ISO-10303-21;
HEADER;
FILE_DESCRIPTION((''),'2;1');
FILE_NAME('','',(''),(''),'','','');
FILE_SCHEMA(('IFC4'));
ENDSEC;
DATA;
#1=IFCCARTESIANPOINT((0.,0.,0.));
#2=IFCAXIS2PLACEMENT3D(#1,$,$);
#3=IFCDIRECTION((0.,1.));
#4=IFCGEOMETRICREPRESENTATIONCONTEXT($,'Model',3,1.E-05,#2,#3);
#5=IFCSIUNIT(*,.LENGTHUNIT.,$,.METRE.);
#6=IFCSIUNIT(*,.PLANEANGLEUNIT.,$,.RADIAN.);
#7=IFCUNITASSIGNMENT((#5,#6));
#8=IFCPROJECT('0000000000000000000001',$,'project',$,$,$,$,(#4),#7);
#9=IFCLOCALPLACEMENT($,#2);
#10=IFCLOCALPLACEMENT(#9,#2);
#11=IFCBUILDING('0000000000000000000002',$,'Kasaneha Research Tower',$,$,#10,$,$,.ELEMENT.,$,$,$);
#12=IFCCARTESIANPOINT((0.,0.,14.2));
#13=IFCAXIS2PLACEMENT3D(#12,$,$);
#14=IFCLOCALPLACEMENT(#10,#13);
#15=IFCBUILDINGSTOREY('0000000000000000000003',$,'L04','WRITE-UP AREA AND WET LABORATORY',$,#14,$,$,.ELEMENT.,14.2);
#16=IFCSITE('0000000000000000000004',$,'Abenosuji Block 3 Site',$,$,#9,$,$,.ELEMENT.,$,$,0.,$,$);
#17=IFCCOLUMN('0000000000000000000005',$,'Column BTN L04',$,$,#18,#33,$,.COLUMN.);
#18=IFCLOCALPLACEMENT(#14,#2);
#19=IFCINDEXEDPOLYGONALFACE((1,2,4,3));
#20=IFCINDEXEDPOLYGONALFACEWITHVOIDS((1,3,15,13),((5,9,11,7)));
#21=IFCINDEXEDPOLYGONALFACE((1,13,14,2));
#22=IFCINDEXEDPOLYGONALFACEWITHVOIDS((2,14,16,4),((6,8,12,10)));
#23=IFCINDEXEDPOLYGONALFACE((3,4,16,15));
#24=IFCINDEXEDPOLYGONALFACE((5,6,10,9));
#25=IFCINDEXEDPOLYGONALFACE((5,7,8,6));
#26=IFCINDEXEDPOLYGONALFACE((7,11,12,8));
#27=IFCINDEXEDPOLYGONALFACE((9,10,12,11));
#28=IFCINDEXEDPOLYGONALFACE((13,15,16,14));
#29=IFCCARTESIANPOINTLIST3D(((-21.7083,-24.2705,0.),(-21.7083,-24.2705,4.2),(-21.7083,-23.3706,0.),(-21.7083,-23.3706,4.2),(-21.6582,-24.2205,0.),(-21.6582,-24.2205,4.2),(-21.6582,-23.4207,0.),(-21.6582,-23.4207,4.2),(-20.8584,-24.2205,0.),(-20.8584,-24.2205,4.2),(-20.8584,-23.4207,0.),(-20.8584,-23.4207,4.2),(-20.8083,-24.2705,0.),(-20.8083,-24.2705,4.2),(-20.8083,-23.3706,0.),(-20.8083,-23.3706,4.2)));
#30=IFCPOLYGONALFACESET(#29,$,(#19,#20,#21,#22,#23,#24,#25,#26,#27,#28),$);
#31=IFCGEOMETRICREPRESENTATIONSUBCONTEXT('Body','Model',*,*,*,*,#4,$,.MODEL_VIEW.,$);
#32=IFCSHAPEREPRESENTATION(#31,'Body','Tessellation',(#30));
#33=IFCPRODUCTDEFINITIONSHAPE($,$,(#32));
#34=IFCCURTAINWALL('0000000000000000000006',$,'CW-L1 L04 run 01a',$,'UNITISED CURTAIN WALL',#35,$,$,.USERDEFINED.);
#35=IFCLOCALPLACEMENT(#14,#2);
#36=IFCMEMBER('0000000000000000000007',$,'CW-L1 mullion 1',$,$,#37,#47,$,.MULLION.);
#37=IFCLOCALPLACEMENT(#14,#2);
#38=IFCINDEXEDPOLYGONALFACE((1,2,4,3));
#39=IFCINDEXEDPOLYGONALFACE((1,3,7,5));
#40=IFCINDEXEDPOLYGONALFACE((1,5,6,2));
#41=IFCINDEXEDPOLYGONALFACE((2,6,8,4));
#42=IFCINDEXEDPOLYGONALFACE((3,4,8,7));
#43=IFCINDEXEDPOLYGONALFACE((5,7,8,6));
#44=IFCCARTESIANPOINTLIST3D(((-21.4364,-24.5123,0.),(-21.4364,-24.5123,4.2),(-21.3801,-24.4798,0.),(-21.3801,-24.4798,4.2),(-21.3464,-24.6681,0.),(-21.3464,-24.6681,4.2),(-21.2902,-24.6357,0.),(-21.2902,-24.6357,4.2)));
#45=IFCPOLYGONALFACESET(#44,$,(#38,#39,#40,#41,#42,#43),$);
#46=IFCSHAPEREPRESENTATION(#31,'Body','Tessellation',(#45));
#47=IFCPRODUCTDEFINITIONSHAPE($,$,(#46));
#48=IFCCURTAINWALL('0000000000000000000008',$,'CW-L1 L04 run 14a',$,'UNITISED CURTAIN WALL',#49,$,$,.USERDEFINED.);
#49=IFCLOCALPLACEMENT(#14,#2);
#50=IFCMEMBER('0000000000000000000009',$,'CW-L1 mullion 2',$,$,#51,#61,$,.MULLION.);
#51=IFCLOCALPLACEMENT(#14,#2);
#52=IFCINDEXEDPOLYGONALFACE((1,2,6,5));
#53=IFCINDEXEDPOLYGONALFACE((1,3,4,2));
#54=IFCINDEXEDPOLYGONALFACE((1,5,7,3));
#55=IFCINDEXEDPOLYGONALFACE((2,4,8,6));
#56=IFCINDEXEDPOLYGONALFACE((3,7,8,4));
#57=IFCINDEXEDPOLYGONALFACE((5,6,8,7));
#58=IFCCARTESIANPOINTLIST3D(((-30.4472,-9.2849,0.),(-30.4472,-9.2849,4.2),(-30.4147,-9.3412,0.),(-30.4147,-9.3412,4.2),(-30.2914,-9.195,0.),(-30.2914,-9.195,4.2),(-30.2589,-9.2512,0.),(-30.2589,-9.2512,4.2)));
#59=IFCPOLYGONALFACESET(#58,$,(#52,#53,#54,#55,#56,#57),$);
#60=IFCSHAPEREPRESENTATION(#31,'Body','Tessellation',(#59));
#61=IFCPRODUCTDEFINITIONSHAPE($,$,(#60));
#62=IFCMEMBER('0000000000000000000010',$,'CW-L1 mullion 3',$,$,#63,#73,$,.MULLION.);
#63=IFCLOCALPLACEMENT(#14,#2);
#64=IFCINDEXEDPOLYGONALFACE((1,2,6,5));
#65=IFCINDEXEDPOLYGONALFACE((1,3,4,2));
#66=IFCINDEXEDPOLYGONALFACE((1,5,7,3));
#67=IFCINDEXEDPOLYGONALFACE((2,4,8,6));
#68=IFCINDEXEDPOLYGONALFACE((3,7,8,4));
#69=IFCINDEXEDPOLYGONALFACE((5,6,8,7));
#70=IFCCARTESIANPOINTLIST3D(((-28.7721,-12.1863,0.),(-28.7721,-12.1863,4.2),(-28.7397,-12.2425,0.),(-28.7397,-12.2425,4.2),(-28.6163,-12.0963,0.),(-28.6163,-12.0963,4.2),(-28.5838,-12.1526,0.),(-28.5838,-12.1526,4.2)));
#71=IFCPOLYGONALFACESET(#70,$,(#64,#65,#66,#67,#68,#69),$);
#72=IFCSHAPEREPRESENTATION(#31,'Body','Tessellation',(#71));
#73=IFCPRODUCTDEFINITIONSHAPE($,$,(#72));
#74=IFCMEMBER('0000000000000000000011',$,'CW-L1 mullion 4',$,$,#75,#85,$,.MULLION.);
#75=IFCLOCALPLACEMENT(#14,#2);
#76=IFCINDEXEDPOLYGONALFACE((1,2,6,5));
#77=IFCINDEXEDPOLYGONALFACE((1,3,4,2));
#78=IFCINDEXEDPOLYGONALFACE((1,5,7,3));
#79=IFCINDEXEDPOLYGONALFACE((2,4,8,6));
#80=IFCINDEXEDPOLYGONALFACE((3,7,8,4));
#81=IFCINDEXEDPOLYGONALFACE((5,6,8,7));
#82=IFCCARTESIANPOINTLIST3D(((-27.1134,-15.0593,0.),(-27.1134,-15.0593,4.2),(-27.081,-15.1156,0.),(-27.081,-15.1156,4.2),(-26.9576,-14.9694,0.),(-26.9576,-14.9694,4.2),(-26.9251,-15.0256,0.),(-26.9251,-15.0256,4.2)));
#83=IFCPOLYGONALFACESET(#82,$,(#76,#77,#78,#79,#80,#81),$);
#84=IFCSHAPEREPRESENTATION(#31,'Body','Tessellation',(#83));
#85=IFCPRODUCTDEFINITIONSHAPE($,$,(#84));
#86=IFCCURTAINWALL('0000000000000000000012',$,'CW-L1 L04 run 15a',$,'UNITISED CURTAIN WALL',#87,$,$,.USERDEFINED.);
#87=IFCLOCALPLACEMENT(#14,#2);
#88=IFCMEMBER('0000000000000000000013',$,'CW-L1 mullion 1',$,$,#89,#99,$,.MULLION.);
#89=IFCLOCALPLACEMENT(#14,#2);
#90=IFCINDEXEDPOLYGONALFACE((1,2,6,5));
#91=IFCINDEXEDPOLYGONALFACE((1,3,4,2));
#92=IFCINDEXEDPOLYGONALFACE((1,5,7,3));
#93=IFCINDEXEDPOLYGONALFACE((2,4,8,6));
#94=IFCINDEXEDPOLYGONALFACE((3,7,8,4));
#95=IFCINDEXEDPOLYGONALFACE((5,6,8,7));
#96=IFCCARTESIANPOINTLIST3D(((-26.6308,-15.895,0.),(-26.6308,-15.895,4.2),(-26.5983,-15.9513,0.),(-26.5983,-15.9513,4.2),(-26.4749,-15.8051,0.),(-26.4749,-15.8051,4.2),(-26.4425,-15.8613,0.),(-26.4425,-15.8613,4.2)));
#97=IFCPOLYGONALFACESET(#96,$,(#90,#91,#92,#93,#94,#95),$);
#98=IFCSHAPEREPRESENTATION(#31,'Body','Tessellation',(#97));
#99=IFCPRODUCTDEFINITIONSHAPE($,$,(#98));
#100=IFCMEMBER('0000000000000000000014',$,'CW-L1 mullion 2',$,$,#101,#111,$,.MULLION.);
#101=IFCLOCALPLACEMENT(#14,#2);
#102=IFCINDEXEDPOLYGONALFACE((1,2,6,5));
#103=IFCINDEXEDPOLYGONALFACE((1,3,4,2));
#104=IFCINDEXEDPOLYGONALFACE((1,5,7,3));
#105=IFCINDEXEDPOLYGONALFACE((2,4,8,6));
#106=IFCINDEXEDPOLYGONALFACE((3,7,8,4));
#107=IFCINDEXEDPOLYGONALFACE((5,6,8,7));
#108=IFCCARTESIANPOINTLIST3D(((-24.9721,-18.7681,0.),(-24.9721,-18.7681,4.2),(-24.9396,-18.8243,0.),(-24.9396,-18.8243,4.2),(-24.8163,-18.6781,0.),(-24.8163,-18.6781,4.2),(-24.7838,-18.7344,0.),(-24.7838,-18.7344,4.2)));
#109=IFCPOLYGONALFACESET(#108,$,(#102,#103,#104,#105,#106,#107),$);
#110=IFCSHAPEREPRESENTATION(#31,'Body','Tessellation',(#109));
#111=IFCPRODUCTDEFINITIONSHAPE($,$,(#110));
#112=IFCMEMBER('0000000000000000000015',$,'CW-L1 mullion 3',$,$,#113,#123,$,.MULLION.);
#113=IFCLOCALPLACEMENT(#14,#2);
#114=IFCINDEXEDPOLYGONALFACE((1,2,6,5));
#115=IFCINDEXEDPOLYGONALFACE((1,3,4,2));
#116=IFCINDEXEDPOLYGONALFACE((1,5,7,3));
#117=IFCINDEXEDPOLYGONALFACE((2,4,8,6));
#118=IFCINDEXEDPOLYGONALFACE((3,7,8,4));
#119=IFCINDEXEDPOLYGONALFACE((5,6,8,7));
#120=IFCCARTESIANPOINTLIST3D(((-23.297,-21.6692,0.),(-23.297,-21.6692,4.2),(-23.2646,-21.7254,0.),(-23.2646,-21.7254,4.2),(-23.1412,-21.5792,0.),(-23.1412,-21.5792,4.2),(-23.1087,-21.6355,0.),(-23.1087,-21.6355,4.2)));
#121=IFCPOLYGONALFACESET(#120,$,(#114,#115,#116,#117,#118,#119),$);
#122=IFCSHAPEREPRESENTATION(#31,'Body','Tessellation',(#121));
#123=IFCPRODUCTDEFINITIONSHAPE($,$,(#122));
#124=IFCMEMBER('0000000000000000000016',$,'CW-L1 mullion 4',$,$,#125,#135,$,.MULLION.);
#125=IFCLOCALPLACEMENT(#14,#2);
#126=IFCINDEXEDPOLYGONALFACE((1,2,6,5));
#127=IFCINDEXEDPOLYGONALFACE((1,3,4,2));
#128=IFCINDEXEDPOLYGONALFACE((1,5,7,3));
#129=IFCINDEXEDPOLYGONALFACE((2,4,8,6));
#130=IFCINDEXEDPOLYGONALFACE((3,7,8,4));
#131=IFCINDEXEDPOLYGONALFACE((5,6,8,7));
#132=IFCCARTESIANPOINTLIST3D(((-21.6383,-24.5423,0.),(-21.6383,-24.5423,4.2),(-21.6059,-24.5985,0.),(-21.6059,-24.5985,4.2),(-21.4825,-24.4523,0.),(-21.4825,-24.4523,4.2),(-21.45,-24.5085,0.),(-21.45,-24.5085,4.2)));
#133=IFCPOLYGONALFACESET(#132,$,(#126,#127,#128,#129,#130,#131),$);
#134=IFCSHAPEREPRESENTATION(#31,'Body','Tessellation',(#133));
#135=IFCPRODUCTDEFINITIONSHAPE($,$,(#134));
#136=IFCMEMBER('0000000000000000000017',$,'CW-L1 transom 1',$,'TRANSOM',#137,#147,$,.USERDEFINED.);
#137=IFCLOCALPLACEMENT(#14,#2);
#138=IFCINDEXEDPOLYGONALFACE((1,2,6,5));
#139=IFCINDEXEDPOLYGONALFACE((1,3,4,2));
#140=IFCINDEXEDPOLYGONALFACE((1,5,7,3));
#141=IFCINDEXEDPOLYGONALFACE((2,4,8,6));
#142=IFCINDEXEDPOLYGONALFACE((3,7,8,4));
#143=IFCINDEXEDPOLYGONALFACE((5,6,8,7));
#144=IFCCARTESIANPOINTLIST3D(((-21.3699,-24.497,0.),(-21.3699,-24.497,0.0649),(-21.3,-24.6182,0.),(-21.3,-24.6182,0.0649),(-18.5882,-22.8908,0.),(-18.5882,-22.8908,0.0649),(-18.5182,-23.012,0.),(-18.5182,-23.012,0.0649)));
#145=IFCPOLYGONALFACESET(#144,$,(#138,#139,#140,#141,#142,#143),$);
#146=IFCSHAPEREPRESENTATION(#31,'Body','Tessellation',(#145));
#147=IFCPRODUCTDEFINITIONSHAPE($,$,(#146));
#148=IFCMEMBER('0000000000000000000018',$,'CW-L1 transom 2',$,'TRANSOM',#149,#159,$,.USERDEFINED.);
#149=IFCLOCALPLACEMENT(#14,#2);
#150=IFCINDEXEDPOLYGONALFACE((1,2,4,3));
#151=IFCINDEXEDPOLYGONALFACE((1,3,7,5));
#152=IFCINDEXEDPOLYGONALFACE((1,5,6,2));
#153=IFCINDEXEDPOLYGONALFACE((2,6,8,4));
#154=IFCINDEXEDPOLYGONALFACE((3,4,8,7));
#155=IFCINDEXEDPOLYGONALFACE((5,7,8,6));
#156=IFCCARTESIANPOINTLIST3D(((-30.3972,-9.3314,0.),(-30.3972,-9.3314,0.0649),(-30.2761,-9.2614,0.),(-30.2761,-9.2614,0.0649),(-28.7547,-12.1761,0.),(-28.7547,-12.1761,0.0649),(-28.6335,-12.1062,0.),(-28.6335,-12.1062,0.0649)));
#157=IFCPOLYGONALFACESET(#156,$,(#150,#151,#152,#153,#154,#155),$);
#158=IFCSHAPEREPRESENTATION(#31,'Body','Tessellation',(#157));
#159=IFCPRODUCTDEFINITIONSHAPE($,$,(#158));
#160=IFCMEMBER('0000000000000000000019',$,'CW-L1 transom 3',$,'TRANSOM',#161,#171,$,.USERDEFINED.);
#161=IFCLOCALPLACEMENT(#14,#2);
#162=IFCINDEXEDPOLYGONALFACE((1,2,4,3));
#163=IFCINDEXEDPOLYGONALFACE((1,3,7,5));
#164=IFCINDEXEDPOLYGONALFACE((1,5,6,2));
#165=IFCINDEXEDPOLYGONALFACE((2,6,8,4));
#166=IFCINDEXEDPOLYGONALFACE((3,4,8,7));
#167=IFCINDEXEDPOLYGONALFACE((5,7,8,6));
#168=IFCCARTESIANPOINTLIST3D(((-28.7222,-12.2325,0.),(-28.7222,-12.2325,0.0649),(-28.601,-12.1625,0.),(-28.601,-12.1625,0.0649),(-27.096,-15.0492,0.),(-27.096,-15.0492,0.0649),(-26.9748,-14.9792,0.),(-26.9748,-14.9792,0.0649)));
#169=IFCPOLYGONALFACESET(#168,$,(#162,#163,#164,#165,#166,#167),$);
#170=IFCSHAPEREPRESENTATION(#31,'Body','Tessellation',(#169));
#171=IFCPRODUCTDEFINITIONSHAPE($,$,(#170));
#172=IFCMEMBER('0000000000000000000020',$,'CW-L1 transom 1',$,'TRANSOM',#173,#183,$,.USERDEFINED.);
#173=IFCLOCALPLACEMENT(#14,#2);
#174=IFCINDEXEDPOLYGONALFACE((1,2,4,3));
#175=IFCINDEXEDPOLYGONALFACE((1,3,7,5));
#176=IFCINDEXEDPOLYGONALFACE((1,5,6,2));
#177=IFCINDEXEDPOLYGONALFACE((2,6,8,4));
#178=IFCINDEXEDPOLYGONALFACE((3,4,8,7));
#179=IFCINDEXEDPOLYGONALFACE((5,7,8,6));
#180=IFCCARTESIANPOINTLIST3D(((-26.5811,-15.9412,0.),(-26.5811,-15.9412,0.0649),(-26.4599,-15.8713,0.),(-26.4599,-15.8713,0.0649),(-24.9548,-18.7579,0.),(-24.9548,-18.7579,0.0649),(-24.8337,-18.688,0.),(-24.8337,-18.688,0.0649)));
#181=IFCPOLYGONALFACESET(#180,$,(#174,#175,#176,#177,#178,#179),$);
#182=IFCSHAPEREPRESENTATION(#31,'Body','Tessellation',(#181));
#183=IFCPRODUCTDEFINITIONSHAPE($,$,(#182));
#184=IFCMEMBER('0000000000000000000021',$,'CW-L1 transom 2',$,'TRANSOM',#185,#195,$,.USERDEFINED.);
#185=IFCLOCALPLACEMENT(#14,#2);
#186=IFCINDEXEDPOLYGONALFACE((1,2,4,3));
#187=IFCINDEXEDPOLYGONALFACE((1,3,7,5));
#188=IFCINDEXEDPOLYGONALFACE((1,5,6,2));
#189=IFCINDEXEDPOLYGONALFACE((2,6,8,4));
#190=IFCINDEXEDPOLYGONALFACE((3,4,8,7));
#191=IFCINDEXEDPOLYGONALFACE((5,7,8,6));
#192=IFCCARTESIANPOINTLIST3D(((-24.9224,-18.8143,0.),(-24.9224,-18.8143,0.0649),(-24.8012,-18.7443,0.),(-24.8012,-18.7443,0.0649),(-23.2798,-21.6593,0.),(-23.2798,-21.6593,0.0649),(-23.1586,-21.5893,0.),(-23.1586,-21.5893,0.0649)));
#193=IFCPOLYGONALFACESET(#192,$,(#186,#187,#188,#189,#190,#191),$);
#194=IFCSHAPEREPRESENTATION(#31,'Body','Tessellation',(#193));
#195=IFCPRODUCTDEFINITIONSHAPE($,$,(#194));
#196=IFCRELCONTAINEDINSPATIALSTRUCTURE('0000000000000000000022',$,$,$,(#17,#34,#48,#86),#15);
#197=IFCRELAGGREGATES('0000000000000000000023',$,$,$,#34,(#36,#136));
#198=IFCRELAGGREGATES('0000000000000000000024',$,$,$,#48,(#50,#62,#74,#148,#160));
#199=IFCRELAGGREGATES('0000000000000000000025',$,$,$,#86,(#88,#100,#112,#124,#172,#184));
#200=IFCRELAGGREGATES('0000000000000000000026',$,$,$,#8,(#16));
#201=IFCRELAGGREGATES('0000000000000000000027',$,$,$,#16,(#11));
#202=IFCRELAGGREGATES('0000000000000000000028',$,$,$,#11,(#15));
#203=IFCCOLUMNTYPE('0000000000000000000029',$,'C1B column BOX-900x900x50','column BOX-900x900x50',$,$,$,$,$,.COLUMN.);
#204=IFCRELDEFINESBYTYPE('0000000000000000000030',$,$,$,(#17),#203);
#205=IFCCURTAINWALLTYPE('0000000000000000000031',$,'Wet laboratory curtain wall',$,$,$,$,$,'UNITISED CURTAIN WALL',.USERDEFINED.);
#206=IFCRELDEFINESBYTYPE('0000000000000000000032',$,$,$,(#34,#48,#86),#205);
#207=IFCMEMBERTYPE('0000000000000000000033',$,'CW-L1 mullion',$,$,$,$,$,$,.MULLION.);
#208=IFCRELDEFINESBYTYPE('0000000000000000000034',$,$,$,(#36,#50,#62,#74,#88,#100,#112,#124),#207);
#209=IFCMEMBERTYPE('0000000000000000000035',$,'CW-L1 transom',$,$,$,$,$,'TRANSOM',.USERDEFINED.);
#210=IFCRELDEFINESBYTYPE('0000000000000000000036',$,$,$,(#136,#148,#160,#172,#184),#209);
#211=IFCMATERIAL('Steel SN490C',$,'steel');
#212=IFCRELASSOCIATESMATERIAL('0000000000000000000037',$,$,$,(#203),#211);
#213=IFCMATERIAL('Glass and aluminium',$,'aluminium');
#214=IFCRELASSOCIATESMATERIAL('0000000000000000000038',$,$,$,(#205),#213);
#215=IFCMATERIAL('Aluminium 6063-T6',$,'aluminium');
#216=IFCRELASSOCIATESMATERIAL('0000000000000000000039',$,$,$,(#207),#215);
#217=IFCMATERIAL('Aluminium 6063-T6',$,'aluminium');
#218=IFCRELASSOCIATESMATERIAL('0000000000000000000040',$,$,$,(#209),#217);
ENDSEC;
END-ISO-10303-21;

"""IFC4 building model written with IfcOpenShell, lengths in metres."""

from ifc_helpers import new_model, si_unit, direction, frame, origin, origin_2d, place, context, subcontext, project, spatial, rectangle, hollow_rectangle, extrude, material, material_profile, profile_set, type_object, element, aggregate, save


model = new_model("IFC4")

# Units and contexts
model_context = context("Model", 3, precision=1e-05, world=origin(), true_north=direction((0.0, 1.0)))
body_context = subcontext(model_context, "Body", "Model", "MODEL_VIEW")
ifc_project = project(units=[si_unit("LENGTHUNIT", "METRE"), si_unit("PLANEANGLEUNIT", "RADIAN")], contexts=[model_context])

# Site, building, storey
site_placement = place(None, origin())
site = spatial("IfcSite", under=ifc_project, at=site_placement, Name="Abenosuji Block 3 Site", CompositionType="ELEMENT", RefElevation=0.0)
building_placement = place(site_placement, origin())
building = spatial("IfcBuilding", under=site, at=building_placement, Name="Kasaneha Research Tower", CompositionType="ELEMENT")
storey_placement = place(building_placement, frame((0.0, 0.0, 14.2)))
storey = spatial("IfcBuildingStorey", under=building, at=storey_placement, Name="L04", Description="WRITE-UP AREA AND WET LABORATORY", CompositionType="ELEMENT", Elevation=14.2)

# Column
ifc_material_1 = material(Name="Steel SN490C", Category="steel")
ifc_material_profile_1 = material_profile(ifc_material_1, hollow_rectangle(XDim=0.8999, YDim=0.8999, WallThickness=0.05, at=origin_2d()), Name="BOX-900x900x50")
ifc_profile_set_1 = profile_set([ifc_material_profile_1], Name="Steel SN490C")
column_type = type_object("IfcColumnType", Name="C1B column BOX-900x900x50", Description="column BOX-900x900x50", PredefinedType="COLUMN", material=ifc_profile_set_1)
column_placement = place(storey_placement, frame((-21.2583, -23.8206, 0.0), z_axis=(0.0, 0.0, 1.0), x_axis=(1.0, 0.0, 0.0)))
element("IfcColumn", 1, at=column_placement, inside=storey, type_object=column_type, Name="Column BTN L04", PredefinedType="COLUMN", context=body_context, shape_type="SweptSolid", body=[
    extrude(hollow_rectangle(XDim=0.8999, YDim=0.8999, WallThickness=0.05, at=origin_2d()), origin(), (0.0, 0.0, 1.0), 4.2),
])

# Curtain wall, member
ifc_material_2 = material(Name="Glass and aluminium", Category="aluminium")
curtain_wall_type = type_object("IfcCurtainWallType", Name="Wet laboratory curtain wall", ElementType="UNITISED CURTAIN WALL", PredefinedType="USERDEFINED", material=ifc_material_2)
curtain_wall_1_placement = place(storey_placement, origin())
curtain_wall_1 = element("IfcCurtainWall", 2, at=curtain_wall_1_placement, inside=storey, type_object=curtain_wall_type, Name="CW-L1 L04 run 01a", ObjectType="UNITISED CURTAIN WALL", PredefinedType="USERDEFINED")
ifc_material_3 = material(Name="Aluminium 6063-T6", Category="aluminium")
ifc_material_profile_2 = material_profile(ifc_material_3, rectangle(XDim=0.0649, YDim=0.1799, at=origin_2d()), Name="CW-L1 mullion 65x180")
ifc_profile_set_2 = profile_set([ifc_material_profile_2], Name="Aluminium 6063-T6")
member_type_1 = type_object("IfcMemberType", Name="CW-L1 mullion", PredefinedType="MULLION", material=ifc_profile_set_2)
member_1_placement = place(storey_placement, frame((-21.3633, -24.574, 0.0), z_axis=(0.0, 0.0, 1.0), x_axis=(0.866025, 0.5, 0.0)))
member_1 = element("IfcMember", 3, at=member_1_placement, type_object=member_type_1, Name="CW-L1 mullion 1", PredefinedType="MULLION", context=body_context, shape_type="SweptSolid", body=[
    extrude(rectangle(XDim=0.0649, YDim=0.1799, at=origin_2d()), origin(), (0.0, 0.0, 1.0), 4.2),
])

# Curtain walls, members
curtain_wall_2_placement = place(storey_placement, origin())
curtain_wall_2 = element("IfcCurtainWall", 4, at=curtain_wall_2_placement, inside=storey, type_object=curtain_wall_type, Name="CW-L1 L04 run 14a", ObjectType="UNITISED CURTAIN WALL", PredefinedType="USERDEFINED")
member_2_placement = place(storey_placement, frame((-30.353, -9.2681, 0.0), z_axis=(0.0, 0.0, 1.0), x_axis=(0.5, -0.866025, 0.0)))
member_2 = element("IfcMember", 5, at=member_2_placement, type_object=member_type_1, Name="CW-L1 mullion 2", PredefinedType="MULLION", context=body_context, shape_type="SweptSolid", body=[
    extrude(rectangle(XDim=0.0649, YDim=0.1799, at=origin_2d()), origin(), (0.0, 0.0, 1.0), 4.2),
])
member_3_placement = place(storey_placement, frame((-28.678, -12.1694, 0.0), z_axis=(0.0, 0.0, 1.0), x_axis=(0.5, -0.866025, 0.0)))
member_3 = element("IfcMember", 6, at=member_3_placement, type_object=member_type_1, Name="CW-L1 mullion 3", PredefinedType="MULLION", context=body_context, shape_type="SweptSolid", body=[
    extrude(rectangle(XDim=0.0649, YDim=0.1799, at=origin_2d()), origin(), (0.0, 0.0, 1.0), 4.2),
])
member_4_placement = place(storey_placement, frame((-27.0193, -15.0425, 0.0), z_axis=(0.0, 0.0, 1.0), x_axis=(0.5, -0.866025, 0.0)))
member_4 = element("IfcMember", 7, at=member_4_placement, type_object=member_type_1, Name="CW-L1 mullion 4", PredefinedType="MULLION", context=body_context, shape_type="SweptSolid", body=[
    extrude(rectangle(XDim=0.0649, YDim=0.1799, at=origin_2d()), origin(), (0.0, 0.0, 1.0), 4.2),
])
curtain_wall_3_placement = place(storey_placement, origin())
curtain_wall_3 = element("IfcCurtainWall", 8, at=curtain_wall_3_placement, inside=storey, type_object=curtain_wall_type, Name="CW-L1 L04 run 15a", ObjectType="UNITISED CURTAIN WALL", PredefinedType="USERDEFINED")
member_5_placement = place(storey_placement, frame((-26.5366, -15.8782, 0.0), z_axis=(0.0, 0.0, 1.0), x_axis=(0.5, -0.866025, 0.0)))
member_5 = element("IfcMember", 9, at=member_5_placement, type_object=member_type_1, Name="CW-L1 mullion 1", PredefinedType="MULLION", context=body_context, shape_type="SweptSolid", body=[
    extrude(rectangle(XDim=0.0649, YDim=0.1799, at=origin_2d()), origin(), (0.0, 0.0, 1.0), 4.2),
])
member_6_placement = place(storey_placement, frame((-24.8779, -18.7512, 0.0), z_axis=(0.0, 0.0, 1.0), x_axis=(0.5, -0.866025, 0.0)))
member_6 = element("IfcMember", 10, at=member_6_placement, type_object=member_type_1, Name="CW-L1 mullion 2", PredefinedType="MULLION", context=body_context, shape_type="SweptSolid", body=[
    extrude(rectangle(XDim=0.0649, YDim=0.1799, at=origin_2d()), origin(), (0.0, 0.0, 1.0), 4.2),
])
member_7_placement = place(storey_placement, frame((-23.2029, -21.6523, 0.0), z_axis=(0.0, 0.0, 1.0), x_axis=(0.5, -0.866025, 0.0)))
member_7 = element("IfcMember", 11, at=member_7_placement, type_object=member_type_1, Name="CW-L1 mullion 3", PredefinedType="MULLION", context=body_context, shape_type="SweptSolid", body=[
    extrude(rectangle(XDim=0.0649, YDim=0.1799, at=origin_2d()), origin(), (0.0, 0.0, 1.0), 4.2),
])
member_8_placement = place(storey_placement, frame((-21.5442, -24.5254, 0.0), z_axis=(0.0, 0.0, 1.0), x_axis=(0.5, -0.866025, 0.0)))
member_8 = element("IfcMember", 12, at=member_8_placement, type_object=member_type_1, Name="CW-L1 mullion 4", PredefinedType="MULLION", context=body_context, shape_type="SweptSolid", body=[
    extrude(rectangle(XDim=0.0649, YDim=0.1799, at=origin_2d()), origin(), (0.0, 0.0, 1.0), 4.2),
])

# Members
ifc_material_4 = material(Name="Aluminium 6063-T6", Category="aluminium")
ifc_material_profile_3 = material_profile(ifc_material_4, rectangle(XDim=0.1399, YDim=0.0649, at=origin_2d()), Name="CW-L1 transom 140x65")
ifc_profile_set_3 = profile_set([ifc_material_profile_3], Name="Aluminium 6063-T6")
member_type_2 = type_object("IfcMemberType", Name="CW-L1 transom", ElementType="TRANSOM", PredefinedType="USERDEFINED", material=ifc_profile_set_3)
member_9_placement = place(storey_placement, frame((-21.335, -24.5576, 0.0325), z_axis=(0.866003, 0.500038, 0.0), x_axis=(-0.500038, 0.866003, 0.0)))
member_9 = element("IfcMember", 13, at=member_9_placement, type_object=member_type_2, Name="CW-L1 transom 1", ObjectType="TRANSOM", PredefinedType="USERDEFINED", context=body_context, shape_type="SweptSolid", body=[
    extrude(rectangle(XDim=0.1399, YDim=0.0649, at=origin_2d()), origin(), (0.0, 0.0, 1.0), 3.2122),
])
member_10_placement = place(storey_placement, frame((-30.3367, -9.2964, 0.0325), z_axis=(0.50004, -0.866002, 0.0), x_axis=(0.866002, 0.50004, 0.0)))
member_10 = element("IfcMember", 14, at=member_10_placement, type_object=member_type_2, Name="CW-L1 transom 2", ObjectType="TRANSOM", PredefinedType="USERDEFINED", context=body_context, shape_type="SweptSolid", body=[
    extrude(rectangle(XDim=0.1399, YDim=0.0649, at=origin_2d()), origin(), (0.0, 0.0, 1.0), 3.2849),
])
member_11_placement = place(storey_placement, frame((-28.6616, -12.1975, 0.0325), z_axis=(0.500006, -0.866022, 0.0), x_axis=(0.866022, 0.500006, 0.0)))
member_11 = element("IfcMember", 15, at=member_11_placement, type_object=member_type_2, Name="CW-L1 transom 3", ObjectType="TRANSOM", PredefinedType="USERDEFINED", context=body_context, shape_type="SweptSolid", body=[
    extrude(rectangle(XDim=0.1399, YDim=0.0649, at=origin_2d()), origin(), (0.0, 0.0, 1.0), 3.2524),
])
member_12_placement = place(storey_placement, frame((-26.5205, -15.9062, 0.0325), z_axis=(0.500006, -0.866022, 0.0), x_axis=(0.866022, 0.500006, 0.0)))
member_12 = element("IfcMember", 16, at=member_12_placement, type_object=member_type_2, Name="CW-L1 transom 1", ObjectType="TRANSOM", PredefinedType="USERDEFINED", context=body_context, shape_type="SweptSolid", body=[
    extrude(rectangle(XDim=0.1399, YDim=0.0649, at=origin_2d()), origin(), (0.0, 0.0, 1.0), 3.2524),
])
member_13_placement = place(storey_placement, frame((-24.8618, -18.7793, 0.0325), z_axis=(0.500008, -0.866021, 0.0), x_axis=(0.866021, 0.500008, 0.0)))
member_13 = element("IfcMember", 17, at=member_13_placement, type_object=member_type_2, Name="CW-L1 transom 2", ObjectType="TRANSOM", PredefinedType="USERDEFINED", context=body_context, shape_type="SweptSolid", body=[
    extrude(rectangle(XDim=0.1399, YDim=0.0649, at=origin_2d()), origin(), (0.0, 0.0, 1.0), 3.2852),
])

aggregate(curtain_wall_1, [member_1, member_9])
aggregate(curtain_wall_2, [member_2, member_3, member_4, member_10, member_11])
aggregate(curtain_wall_3, [member_5, member_6, member_7, member_8, member_12, member_13])

save(model, "model.ifc")
